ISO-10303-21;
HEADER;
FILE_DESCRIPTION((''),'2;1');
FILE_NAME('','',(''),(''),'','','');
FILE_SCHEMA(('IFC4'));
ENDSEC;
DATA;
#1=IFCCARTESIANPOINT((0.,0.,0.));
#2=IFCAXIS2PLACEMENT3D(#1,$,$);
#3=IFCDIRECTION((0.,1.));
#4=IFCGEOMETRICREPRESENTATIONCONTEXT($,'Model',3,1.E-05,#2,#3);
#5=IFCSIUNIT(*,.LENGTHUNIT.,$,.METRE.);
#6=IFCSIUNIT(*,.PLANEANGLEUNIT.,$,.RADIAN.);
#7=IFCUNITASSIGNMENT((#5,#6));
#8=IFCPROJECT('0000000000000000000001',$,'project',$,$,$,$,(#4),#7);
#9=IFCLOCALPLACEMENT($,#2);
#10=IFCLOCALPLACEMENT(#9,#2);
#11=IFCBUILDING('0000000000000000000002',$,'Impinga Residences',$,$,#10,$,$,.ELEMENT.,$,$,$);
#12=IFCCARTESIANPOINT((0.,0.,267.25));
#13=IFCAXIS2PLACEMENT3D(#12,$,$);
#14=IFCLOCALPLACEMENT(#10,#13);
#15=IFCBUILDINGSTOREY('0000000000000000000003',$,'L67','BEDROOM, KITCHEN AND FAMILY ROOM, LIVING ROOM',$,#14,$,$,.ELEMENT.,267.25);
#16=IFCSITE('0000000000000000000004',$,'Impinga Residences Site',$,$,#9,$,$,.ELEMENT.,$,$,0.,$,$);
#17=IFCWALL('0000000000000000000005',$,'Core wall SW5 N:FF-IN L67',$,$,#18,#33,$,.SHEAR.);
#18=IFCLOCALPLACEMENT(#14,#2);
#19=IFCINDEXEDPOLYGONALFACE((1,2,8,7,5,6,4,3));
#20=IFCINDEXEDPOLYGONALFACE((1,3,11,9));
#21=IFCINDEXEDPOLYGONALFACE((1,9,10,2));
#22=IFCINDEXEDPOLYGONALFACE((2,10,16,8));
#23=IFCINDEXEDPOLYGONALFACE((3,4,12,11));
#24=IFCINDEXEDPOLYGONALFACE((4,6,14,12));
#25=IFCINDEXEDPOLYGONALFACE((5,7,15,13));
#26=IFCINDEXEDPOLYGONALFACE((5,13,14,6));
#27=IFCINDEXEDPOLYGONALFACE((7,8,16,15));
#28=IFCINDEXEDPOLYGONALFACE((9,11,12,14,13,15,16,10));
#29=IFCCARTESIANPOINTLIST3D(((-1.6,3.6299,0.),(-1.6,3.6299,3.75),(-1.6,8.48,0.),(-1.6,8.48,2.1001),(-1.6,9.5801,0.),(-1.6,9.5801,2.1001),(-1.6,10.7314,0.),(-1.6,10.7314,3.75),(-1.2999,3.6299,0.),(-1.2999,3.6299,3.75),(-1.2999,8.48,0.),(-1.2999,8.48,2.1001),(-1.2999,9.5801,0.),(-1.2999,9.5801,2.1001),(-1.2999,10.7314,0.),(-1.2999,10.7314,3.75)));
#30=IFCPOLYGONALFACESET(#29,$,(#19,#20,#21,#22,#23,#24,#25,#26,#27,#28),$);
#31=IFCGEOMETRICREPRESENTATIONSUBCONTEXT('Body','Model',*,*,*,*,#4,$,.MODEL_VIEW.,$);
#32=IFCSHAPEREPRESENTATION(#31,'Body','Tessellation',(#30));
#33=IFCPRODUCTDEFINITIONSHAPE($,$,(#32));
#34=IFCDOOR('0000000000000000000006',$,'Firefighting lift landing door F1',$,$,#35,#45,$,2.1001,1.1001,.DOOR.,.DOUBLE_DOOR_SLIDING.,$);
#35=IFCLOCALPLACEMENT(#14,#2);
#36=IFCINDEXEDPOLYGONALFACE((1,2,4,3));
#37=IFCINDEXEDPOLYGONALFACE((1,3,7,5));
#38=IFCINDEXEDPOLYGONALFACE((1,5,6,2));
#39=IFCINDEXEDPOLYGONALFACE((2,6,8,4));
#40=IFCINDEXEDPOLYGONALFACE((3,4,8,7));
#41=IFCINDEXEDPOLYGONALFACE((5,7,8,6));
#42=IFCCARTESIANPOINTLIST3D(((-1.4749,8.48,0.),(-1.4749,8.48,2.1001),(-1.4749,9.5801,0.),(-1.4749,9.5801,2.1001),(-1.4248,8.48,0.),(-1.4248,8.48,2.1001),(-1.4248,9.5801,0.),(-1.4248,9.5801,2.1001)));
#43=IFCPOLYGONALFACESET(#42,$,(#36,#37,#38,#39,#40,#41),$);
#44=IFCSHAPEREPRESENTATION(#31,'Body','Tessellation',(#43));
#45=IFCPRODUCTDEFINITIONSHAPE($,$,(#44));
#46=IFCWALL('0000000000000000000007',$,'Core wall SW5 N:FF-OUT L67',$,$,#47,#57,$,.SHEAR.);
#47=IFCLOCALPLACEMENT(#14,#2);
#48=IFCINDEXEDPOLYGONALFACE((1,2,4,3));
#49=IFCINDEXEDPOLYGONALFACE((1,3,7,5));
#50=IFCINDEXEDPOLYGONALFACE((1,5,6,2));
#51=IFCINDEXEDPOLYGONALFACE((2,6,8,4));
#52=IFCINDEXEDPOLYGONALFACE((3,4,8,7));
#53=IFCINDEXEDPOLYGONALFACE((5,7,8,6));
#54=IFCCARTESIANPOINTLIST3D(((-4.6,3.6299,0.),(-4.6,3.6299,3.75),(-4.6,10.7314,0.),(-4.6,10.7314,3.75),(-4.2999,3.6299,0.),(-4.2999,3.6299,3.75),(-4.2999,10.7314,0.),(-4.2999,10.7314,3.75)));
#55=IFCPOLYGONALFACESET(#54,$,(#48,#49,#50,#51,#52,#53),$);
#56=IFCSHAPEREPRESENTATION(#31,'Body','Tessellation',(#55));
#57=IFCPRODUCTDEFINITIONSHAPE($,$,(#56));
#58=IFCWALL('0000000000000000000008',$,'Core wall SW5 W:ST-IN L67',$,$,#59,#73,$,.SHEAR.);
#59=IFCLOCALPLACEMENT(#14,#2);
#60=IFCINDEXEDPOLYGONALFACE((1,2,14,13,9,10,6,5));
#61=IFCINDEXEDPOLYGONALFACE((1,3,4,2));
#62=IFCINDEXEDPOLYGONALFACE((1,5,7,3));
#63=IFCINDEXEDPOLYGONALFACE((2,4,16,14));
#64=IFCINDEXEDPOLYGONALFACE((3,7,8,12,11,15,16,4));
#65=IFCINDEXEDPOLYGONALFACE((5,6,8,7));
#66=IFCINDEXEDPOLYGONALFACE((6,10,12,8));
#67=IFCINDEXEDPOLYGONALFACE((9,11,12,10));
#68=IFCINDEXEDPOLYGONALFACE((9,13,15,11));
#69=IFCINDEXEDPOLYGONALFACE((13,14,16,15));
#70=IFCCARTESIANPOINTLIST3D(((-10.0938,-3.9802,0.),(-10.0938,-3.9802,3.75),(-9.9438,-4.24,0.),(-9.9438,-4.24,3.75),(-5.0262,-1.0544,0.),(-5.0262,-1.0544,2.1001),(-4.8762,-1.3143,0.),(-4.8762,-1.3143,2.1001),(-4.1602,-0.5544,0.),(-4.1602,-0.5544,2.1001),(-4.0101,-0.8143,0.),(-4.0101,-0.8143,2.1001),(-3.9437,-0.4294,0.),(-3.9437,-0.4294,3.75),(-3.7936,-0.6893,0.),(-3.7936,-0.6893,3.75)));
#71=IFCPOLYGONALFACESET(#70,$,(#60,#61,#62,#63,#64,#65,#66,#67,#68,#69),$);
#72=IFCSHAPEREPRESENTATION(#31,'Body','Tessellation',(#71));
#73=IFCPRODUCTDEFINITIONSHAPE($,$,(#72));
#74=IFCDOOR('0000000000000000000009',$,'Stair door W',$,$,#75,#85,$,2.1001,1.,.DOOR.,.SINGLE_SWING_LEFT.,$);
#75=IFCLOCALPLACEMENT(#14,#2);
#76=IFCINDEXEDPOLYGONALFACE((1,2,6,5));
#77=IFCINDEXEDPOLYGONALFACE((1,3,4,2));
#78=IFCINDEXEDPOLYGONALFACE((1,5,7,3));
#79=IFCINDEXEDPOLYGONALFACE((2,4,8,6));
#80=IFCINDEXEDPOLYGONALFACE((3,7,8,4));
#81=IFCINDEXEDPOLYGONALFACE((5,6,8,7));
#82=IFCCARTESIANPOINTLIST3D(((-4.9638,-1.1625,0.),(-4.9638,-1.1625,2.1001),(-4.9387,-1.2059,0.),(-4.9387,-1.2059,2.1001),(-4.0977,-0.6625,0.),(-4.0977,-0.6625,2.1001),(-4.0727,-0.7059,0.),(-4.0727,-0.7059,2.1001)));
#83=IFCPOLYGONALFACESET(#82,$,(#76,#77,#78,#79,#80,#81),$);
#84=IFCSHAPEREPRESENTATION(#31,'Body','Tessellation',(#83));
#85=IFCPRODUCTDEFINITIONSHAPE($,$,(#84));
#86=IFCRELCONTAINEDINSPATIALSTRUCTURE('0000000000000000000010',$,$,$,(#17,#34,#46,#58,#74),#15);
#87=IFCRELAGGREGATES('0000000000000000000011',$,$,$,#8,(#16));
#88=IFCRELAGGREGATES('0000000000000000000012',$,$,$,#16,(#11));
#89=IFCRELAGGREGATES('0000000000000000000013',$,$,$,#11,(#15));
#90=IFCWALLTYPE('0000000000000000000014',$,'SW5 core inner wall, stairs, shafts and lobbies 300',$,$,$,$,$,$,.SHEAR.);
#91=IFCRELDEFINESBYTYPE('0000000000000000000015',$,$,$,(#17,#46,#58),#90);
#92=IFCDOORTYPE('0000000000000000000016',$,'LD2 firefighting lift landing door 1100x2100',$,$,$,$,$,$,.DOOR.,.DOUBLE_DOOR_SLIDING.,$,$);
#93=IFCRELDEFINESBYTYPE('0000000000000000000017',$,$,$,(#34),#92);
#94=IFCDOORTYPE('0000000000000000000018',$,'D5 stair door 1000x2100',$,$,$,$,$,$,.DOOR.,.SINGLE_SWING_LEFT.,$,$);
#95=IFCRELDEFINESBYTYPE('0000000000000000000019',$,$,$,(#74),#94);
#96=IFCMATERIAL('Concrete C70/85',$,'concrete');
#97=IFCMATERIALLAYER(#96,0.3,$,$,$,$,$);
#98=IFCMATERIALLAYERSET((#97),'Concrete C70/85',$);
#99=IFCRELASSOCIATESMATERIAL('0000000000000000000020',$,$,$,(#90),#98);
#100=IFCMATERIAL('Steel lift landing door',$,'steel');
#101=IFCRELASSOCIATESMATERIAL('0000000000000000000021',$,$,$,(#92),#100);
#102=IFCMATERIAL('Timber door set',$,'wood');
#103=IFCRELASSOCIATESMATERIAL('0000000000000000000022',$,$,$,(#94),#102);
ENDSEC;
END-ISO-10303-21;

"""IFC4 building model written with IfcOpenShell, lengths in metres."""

from ifc_helpers import new_model, si_unit, direction, frame, frame_2d, origin, place, context, subcontext, project, spatial, rectangle, extrude, material, layer, layer_set, type_object, element, fill, save


model = new_model("IFC4")

# Units and contexts
model_context = context("Model", 3, precision=1e-05, world=origin(), true_north=direction((0.0, 1.0)))
body_context = subcontext(model_context, "Body", "Model", "MODEL_VIEW")
ifc_project = project(units=[si_unit("LENGTHUNIT", "METRE"), si_unit("PLANEANGLEUNIT", "RADIAN")], contexts=[model_context])

# Site, building, storey
site_placement = place(None, origin())
site = spatial("IfcSite", under=ifc_project, at=site_placement, Name="Impinga Residences Site", CompositionType="ELEMENT", RefElevation=0.0)
building_placement = place(site_placement, origin())
building = spatial("IfcBuilding", under=site, at=building_placement, Name="Impinga Residences", CompositionType="ELEMENT")
storey_placement = place(building_placement, frame((0.0, 0.0, 267.25)))
storey = spatial("IfcBuildingStorey", under=building, at=storey_placement, Name="L67", Description="BEDROOM, KITCHEN AND FAMILY ROOM, LIVING ROOM", CompositionType="ELEMENT", Elevation=267.25)

# Shared definitions
ifc_material_1 = material(Name="Concrete C70/85", Category="concrete")
ifc_layer_1 = layer(ifc_material_1, 0.3)
ifc_layer_set_1 = layer_set([ifc_layer_1], Name="Concrete C70/85")
wall_type_1 = type_object("IfcWallType", Name="SW5 core inner wall, stairs, shafts and lobbies 300", PredefinedType="SHEAR", material=ifc_layer_set_1)
ifc_material_2 = material(Name="Timber door set", Category="wood")

# Wall, opening, door
wall_1_placement = place(storey_placement, frame((-1.45, 3.6299, 0.0), z_axis=(0.0, 0.0, 1.0), x_axis=(0.0, 1.0, 0.0)))
wall_1 = element("IfcWall", 1, at=wall_1_placement, inside=storey, type_object=wall_type_1, Name="Core wall SW5 N:FF-IN L67", PredefinedType="SHEAR", context=body_context, shape_type="SweptSolid", body=[
    extrude(rectangle(XDim=7.1016, YDim=0.3, at=frame_2d((3.5508, 0.0))), origin(), (0.0, 0.0, 1.0), 3.75),
])
opening_1_placement = place(wall_1_placement, frame((4.8501, 0.0, 0.0)))
opening_1 = element("IfcOpeningElement", 2, at=opening_1_placement, cuts=wall_1, PredefinedType="OPENING", context=body_context, shape_type="SweptSolid", body=[
    extrude(rectangle(XDim=1.1001, YDim=2.1001, at=frame_2d((0.55, 1.05))), frame((0.0, 0.1599, 0.0), z_axis=(0.0, -1.0, 0.0), x_axis=(1.0, 0.0, 0.0)), (0.0, 0.0, 1.0), 0.3201),
])
ifc_material_3 = material(Name="Steel lift landing door", Category="steel")
door_type_1 = type_object("IfcDoorType", Name="LD2 firefighting lift landing door 1100x2100", OperationType="DOUBLE_DOOR_SLIDING", PredefinedType="DOOR", material=ifc_material_3)
door_1_placement = place(opening_1_placement, origin())
door_1 = element("IfcDoor", 3, at=door_1_placement, inside=storey, type_object=door_type_1, Name="Firefighting lift landing door F1", OperationType="DOUBLE_DOOR_SLIDING", OverallHeight=2.1001, OverallWidth=1.1001, PredefinedType="DOOR", context=body_context, shape_type="SweptSolid", body=[
    extrude(rectangle(XDim=1.1001, YDim=2.1001, at=frame_2d((0.55, 1.05))), frame((0.0, 0.0249, 0.0), z_axis=(0.0, -1.0, 0.0), x_axis=(1.0, 0.0, 0.0)), (0.0, 0.0, 1.0), 0.05),
])
fill(opening_1, door_1)

# Wall
wall_2_placement = place(storey_placement, frame((-4.45, 3.6299, 0.0), z_axis=(0.0, 0.0, 1.0), x_axis=(0.0, 1.0, 0.0)))
element("IfcWall", 4, at=wall_2_placement, inside=storey, type_object=wall_type_1, Name="Core wall SW5 N:FF-OUT L67", PredefinedType="SHEAR", context=body_context, shape_type="SweptSolid", body=[
    extrude(rectangle(XDim=7.1016, YDim=0.3, at=frame_2d((3.5508, 0.0))), origin(), (0.0, 0.0, 1.0), 3.75),
])

# Wall, opening, door
wall_3_placement = place(storey_placement, frame((-3.8687, -0.5593, 0.0), z_axis=(0.0, 0.0, 1.0), x_axis=(-0.866026, -0.499999, 0.0)))
wall_3 = element("IfcWall", 5, at=wall_3_placement, inside=storey, type_object=wall_type_1, Name="Core wall SW5 W:ST-IN L67", PredefinedType="SHEAR", context=body_context, shape_type="SweptSolid", body=[
    extrude(rectangle(XDim=7.1016, YDim=0.3, at=frame_2d((3.5508, 0.0))), origin(), (0.0, 0.0, 1.0), 3.75),
])
opening_2_placement = place(wall_3_placement, frame((0.25, 0.0, 0.0)))
opening_2 = element("IfcOpeningElement", 6, at=opening_2_placement, cuts=wall_3, PredefinedType="OPENING", context=body_context, shape_type="SweptSolid", body=[
    extrude(rectangle(XDim=1.0, YDim=2.1001, at=frame_2d((0.5, 1.05))), frame((0.0, 0.1599, 0.0), z_axis=(0.0, -1.0, 0.0), x_axis=(1.0, 0.0, 0.0)), (0.0, 0.0, 1.0), 0.3201),
])
door_type_2 = type_object("IfcDoorType", Name="D5 stair door 1000x2100", OperationType="SINGLE_SWING_LEFT", PredefinedType="DOOR", material=ifc_material_2)
door_2_placement = place(opening_2_placement, origin())
door_2 = element("IfcDoor", 7, at=door_2_placement, inside=storey, type_object=door_type_2, Name="Stair door W", OperationType="SINGLE_SWING_LEFT", OverallHeight=2.1001, OverallWidth=1.0, PredefinedType="DOOR", context=body_context, shape_type="SweptSolid", body=[
    extrude(rectangle(XDim=1.0, YDim=2.1001, at=frame_2d((0.5, 1.05))), frame((0.0, 0.0249, 0.0), z_axis=(0.0, -1.0, 0.0), x_axis=(1.0, 0.0, 0.0)), (0.0, 0.0, 1.0), 0.05),
])
fill(opening_2, door_2)

save(model, "model.ifc")
